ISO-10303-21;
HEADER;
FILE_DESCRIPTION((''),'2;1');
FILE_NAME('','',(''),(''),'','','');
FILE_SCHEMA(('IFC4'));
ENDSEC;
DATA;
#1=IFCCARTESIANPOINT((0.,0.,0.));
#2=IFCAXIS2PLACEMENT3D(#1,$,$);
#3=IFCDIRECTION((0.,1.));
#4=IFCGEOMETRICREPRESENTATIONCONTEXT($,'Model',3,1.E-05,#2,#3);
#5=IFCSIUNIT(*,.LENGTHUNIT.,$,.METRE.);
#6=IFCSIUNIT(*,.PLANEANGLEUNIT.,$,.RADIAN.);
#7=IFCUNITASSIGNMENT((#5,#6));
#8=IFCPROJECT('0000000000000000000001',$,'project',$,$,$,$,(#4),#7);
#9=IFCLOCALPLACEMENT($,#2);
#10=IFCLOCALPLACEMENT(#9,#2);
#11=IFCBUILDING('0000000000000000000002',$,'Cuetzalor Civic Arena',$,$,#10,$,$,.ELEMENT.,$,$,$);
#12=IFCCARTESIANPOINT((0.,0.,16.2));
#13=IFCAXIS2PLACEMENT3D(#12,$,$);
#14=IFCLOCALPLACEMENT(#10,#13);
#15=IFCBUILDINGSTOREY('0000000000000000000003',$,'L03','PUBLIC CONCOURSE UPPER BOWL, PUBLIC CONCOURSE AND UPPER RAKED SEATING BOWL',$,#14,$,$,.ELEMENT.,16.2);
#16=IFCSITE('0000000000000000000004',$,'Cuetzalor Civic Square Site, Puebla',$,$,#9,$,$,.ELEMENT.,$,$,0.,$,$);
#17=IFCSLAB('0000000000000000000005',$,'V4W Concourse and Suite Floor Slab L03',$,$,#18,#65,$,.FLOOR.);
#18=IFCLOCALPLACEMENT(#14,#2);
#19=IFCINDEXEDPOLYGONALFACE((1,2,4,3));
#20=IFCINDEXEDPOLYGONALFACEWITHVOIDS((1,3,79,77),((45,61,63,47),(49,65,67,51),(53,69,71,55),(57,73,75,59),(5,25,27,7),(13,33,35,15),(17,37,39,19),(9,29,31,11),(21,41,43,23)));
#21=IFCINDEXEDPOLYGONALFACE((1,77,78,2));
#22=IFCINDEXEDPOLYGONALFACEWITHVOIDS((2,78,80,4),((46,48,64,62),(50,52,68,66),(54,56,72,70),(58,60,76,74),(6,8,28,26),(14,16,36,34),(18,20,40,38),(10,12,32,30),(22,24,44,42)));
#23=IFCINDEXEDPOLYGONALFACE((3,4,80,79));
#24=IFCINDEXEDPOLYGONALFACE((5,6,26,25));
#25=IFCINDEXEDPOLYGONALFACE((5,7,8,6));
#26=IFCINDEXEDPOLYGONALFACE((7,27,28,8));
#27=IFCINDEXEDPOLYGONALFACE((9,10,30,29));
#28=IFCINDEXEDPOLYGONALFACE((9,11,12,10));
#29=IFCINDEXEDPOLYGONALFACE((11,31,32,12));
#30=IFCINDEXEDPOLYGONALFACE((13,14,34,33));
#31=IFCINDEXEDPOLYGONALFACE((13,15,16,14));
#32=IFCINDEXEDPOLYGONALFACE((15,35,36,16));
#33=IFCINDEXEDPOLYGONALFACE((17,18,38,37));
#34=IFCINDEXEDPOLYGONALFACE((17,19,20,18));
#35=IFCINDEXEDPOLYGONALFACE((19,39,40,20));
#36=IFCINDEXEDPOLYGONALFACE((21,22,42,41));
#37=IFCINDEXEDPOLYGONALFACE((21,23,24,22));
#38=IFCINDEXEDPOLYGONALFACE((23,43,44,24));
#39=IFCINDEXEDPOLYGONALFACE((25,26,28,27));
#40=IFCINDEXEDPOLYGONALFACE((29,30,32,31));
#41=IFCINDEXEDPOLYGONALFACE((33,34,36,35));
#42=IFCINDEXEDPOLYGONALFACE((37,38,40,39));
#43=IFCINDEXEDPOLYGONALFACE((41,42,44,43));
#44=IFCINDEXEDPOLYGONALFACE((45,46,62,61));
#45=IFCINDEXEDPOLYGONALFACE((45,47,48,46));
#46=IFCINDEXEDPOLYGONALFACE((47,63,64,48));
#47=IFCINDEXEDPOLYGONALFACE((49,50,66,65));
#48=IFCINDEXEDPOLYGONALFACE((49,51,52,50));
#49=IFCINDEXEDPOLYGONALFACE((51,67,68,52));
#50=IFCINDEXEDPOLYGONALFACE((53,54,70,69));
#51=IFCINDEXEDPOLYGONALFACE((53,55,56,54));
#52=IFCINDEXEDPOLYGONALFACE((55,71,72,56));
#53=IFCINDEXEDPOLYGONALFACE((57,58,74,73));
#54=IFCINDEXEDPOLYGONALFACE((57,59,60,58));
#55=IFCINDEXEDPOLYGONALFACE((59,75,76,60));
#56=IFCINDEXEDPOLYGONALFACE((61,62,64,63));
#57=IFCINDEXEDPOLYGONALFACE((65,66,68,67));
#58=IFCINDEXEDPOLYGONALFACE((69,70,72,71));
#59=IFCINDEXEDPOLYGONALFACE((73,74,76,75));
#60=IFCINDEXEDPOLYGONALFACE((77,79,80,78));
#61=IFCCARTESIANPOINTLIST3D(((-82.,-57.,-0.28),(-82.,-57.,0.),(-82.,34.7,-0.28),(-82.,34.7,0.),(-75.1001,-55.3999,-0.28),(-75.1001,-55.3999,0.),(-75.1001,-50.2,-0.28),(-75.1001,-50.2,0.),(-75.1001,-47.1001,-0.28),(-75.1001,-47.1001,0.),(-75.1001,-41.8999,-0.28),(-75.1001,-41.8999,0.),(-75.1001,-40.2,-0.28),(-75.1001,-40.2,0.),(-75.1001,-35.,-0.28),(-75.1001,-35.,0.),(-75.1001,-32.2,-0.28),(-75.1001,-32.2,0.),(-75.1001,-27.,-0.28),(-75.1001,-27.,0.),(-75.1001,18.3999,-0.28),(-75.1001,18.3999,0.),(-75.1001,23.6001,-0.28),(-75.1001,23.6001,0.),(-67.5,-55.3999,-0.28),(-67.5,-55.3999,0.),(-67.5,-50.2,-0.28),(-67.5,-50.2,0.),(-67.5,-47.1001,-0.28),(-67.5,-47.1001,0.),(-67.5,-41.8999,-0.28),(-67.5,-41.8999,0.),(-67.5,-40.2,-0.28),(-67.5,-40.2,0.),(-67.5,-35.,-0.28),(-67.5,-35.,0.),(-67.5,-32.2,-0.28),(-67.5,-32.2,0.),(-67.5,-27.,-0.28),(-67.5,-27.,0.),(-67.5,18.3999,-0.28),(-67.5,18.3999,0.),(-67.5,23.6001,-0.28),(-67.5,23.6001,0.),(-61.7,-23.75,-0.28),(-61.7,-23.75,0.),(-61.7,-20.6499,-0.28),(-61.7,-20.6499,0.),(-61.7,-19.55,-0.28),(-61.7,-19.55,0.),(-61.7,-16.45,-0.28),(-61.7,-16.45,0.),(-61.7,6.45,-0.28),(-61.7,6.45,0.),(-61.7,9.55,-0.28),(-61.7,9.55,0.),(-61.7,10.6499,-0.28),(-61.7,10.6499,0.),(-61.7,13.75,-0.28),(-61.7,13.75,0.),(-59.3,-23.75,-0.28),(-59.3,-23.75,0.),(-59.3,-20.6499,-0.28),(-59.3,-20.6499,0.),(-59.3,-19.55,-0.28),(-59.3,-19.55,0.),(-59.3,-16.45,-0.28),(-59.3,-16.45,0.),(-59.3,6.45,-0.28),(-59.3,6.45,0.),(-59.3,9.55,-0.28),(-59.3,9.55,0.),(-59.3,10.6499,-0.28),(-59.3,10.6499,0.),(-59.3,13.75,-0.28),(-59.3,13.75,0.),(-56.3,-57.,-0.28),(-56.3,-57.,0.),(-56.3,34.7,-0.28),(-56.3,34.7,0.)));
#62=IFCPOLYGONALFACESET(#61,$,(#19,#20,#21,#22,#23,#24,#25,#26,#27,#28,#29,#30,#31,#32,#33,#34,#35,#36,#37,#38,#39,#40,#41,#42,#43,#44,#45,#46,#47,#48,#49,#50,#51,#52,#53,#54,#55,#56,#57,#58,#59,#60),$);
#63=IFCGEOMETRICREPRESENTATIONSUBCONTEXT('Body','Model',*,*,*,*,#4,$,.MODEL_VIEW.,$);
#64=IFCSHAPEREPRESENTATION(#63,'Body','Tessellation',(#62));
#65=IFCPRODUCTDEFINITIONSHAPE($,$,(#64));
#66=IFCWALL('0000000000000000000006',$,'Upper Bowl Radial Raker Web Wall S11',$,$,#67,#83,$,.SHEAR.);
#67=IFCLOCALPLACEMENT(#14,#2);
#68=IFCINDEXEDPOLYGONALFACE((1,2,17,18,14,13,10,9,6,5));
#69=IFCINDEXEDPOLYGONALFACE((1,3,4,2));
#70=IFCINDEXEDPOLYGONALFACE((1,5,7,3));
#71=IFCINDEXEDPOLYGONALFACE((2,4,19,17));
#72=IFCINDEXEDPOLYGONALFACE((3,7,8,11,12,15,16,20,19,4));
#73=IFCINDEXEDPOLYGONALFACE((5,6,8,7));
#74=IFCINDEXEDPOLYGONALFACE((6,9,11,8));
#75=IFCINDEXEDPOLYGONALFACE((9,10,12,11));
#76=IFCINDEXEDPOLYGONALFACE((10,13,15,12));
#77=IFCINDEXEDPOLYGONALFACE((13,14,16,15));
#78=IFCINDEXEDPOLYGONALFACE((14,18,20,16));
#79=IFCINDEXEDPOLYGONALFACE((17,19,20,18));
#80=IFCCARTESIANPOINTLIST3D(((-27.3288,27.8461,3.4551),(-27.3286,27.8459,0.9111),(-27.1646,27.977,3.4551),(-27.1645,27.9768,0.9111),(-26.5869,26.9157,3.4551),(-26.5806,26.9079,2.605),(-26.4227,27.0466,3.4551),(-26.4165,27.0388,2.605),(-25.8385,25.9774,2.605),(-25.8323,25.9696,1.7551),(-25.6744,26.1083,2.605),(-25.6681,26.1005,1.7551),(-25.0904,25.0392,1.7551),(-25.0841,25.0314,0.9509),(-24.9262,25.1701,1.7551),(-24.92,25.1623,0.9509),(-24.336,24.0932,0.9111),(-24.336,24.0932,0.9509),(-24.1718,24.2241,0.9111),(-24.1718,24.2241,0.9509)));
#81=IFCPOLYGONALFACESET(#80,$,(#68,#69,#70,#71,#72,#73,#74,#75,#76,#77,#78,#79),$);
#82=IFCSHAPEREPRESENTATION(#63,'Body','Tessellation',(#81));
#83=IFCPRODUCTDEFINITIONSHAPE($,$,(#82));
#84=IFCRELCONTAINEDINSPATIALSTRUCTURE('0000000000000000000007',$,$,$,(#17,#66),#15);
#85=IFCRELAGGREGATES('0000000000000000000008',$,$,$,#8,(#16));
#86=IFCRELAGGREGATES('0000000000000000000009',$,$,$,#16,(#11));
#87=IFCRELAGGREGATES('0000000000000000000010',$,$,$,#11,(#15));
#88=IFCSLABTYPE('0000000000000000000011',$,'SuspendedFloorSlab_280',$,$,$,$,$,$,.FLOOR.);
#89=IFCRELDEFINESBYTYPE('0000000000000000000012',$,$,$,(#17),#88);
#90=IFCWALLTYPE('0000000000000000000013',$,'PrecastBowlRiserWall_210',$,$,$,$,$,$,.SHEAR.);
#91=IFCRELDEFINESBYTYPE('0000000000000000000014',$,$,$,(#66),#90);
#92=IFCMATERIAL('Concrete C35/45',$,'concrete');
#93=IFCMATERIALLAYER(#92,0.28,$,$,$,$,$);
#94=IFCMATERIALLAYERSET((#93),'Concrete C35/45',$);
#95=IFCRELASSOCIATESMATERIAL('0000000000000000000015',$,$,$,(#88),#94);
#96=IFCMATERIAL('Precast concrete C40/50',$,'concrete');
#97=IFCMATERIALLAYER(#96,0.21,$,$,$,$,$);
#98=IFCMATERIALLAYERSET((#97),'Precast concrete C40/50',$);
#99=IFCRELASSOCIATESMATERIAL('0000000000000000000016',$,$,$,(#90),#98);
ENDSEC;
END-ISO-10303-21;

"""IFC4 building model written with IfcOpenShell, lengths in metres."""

from ifc_helpers import new_model, si_unit, direction, frame, origin, place, context, subcontext, project, spatial, polyline, outline, extrude, material, layer, layer_set, type_object, element, save


model = new_model("IFC4")

# Units and contexts
model_context = context("Model", 3, precision=1e-05, world=origin(), true_north=direction((0.0, 1.0)))
body_context = subcontext(model_context, "Body", "Model", "MODEL_VIEW")
ifc_project = project(units=[si_unit("LENGTHUNIT", "METRE"), si_unit("PLANEANGLEUNIT", "RADIAN")], contexts=[model_context])

# Site, building, storey
site_placement = place(None, origin())
site = spatial("IfcSite", under=ifc_project, at=site_placement, Name="Cuetzalor Civic Square Site, Puebla", CompositionType="ELEMENT", RefElevation=0.0)
building_placement = place(site_placement, origin())
building = spatial("IfcBuilding", under=site, at=building_placement, Name="Cuetzalor Civic Arena", CompositionType="ELEMENT")
storey_placement = place(building_placement, frame((0.0, 0.0, 16.2)))
storey = spatial("IfcBuildingStorey", under=building, at=storey_placement, Name="L03", Description="PUBLIC CONCOURSE UPPER BOWL, PUBLIC CONCOURSE AND UPPER RAKED SEATING BOWL", CompositionType="ELEMENT", Elevation=16.2)

# Slab
ifc_material_1 = material(Name="Concrete C35/45", Category="concrete")
ifc_layer_1 = layer(ifc_material_1, 0.28)
ifc_layer_set_1 = layer_set([ifc_layer_1], Name="Concrete C35/45")
slab_type_1 = type_object("IfcSlabType", Name="SuspendedFloorSlab_280", PredefinedType="FLOOR", material=ifc_layer_set_1)
slab_1_placement = place(storey_placement, frame((0.0, 0.0, -0.28)))
element("IfcSlab", 1, at=slab_1_placement, inside=storey, type_object=slab_type_1, Name="V4W Concourse and Suite Floor Slab L03", PredefinedType="FLOOR", context=body_context, shape_type="SweptSolid", body=[
    extrude(outline(polyline([(-82.0, -57.0), (-56.3, -57.0), (-56.3, 34.7), (-82.0, 34.7), (-82.0, -57.0)]), holes=[polyline([(-75.1001, -55.3999), (-67.5, -55.3999), (-67.5, -50.2), (-75.1001, -50.2), (-75.1001, -55.3999)]), polyline([(-75.1001, -47.1001), (-67.5, -47.1001), (-67.5, -41.8999), (-75.1001, -41.8999), (-75.1001, -47.1001)]), polyline([(-75.1001, -40.2), (-67.5, -40.2), (-67.5, -35.0), (-75.1001, -35.0), (-75.1001, -40.2)]), polyline([(-75.1001, -32.2), (-67.5, -32.2), (-67.5, -27.0), (-75.1001, -27.0), (-75.1001, -32.2)]), polyline([(-75.1001, 18.3999), (-67.5, 18.3999), (-67.5, 23.6001), (-75.1001, 23.6001), (-75.1001, 18.3999)]), polyline([(-61.7, -19.55), (-59.3, -19.55), (-59.3, -16.45), (-61.7, -16.45), (-61.7, -19.55)]), polyline([(-61.7, 6.45), (-59.3, 6.45), (-59.3, 9.55), (-61.7, 9.55), (-61.7, 6.45)]), polyline([(-61.7, -23.75), (-59.3, -23.75), (-59.3, -20.6499), (-61.7, -20.6499), (-61.7, -23.75)]), polyline([(-61.7, 10.6499), (-59.3, 10.6499), (-59.3, 13.75), (-61.7, 13.75), (-61.7, 10.6499)])]), origin(), (0.0, 0.0, 1.0), 0.28),
])

# Wall
ifc_material_2 = material(Name="Precast concrete C40/50", Category="concrete")
ifc_layer_2 = layer(ifc_material_2, 0.21)
ifc_layer_set_2 = layer_set([ifc_layer_2], Name="Precast concrete C40/50")
wall_type = type_object("IfcWallType", Name="PrecastBowlRiserWall_210", PredefinedType="SHEAR", material=ifc_layer_set_2)
wall_placement = place(storey_placement, frame((-24.2539, 24.1587, 0.9111), z_axis=(0.0, 0.0, 1.0), x_axis=(-0.623491, 0.781831, 0.0)))
element("IfcWall", 2, at=wall_placement, inside=storey, type_object=wall_type, Name="Upper Bowl Radial Raker Web Wall S11", PredefinedType="SHEAR", context=body_context, shape_type="SweptSolid", body=[
    extrude(outline(polyline([(0.0, 0.0), (4.7998, 0.0), (4.8, 2.5439), (3.6101, 2.5439), (3.6001, 1.6938), (2.4099, 1.6938), (2.3999, 0.844), (1.21, 0.844), (1.2, 0.0398), (0.0, 0.0398), (0.0, 0.0)])), frame((0.0, 0.105, 0.0), z_axis=(0.0, -1.0, 0.0), x_axis=(1.0, 0.0, 0.0)), (0.0, 0.0, 1.0), 0.21),
])

save(model, "model.ifc")
